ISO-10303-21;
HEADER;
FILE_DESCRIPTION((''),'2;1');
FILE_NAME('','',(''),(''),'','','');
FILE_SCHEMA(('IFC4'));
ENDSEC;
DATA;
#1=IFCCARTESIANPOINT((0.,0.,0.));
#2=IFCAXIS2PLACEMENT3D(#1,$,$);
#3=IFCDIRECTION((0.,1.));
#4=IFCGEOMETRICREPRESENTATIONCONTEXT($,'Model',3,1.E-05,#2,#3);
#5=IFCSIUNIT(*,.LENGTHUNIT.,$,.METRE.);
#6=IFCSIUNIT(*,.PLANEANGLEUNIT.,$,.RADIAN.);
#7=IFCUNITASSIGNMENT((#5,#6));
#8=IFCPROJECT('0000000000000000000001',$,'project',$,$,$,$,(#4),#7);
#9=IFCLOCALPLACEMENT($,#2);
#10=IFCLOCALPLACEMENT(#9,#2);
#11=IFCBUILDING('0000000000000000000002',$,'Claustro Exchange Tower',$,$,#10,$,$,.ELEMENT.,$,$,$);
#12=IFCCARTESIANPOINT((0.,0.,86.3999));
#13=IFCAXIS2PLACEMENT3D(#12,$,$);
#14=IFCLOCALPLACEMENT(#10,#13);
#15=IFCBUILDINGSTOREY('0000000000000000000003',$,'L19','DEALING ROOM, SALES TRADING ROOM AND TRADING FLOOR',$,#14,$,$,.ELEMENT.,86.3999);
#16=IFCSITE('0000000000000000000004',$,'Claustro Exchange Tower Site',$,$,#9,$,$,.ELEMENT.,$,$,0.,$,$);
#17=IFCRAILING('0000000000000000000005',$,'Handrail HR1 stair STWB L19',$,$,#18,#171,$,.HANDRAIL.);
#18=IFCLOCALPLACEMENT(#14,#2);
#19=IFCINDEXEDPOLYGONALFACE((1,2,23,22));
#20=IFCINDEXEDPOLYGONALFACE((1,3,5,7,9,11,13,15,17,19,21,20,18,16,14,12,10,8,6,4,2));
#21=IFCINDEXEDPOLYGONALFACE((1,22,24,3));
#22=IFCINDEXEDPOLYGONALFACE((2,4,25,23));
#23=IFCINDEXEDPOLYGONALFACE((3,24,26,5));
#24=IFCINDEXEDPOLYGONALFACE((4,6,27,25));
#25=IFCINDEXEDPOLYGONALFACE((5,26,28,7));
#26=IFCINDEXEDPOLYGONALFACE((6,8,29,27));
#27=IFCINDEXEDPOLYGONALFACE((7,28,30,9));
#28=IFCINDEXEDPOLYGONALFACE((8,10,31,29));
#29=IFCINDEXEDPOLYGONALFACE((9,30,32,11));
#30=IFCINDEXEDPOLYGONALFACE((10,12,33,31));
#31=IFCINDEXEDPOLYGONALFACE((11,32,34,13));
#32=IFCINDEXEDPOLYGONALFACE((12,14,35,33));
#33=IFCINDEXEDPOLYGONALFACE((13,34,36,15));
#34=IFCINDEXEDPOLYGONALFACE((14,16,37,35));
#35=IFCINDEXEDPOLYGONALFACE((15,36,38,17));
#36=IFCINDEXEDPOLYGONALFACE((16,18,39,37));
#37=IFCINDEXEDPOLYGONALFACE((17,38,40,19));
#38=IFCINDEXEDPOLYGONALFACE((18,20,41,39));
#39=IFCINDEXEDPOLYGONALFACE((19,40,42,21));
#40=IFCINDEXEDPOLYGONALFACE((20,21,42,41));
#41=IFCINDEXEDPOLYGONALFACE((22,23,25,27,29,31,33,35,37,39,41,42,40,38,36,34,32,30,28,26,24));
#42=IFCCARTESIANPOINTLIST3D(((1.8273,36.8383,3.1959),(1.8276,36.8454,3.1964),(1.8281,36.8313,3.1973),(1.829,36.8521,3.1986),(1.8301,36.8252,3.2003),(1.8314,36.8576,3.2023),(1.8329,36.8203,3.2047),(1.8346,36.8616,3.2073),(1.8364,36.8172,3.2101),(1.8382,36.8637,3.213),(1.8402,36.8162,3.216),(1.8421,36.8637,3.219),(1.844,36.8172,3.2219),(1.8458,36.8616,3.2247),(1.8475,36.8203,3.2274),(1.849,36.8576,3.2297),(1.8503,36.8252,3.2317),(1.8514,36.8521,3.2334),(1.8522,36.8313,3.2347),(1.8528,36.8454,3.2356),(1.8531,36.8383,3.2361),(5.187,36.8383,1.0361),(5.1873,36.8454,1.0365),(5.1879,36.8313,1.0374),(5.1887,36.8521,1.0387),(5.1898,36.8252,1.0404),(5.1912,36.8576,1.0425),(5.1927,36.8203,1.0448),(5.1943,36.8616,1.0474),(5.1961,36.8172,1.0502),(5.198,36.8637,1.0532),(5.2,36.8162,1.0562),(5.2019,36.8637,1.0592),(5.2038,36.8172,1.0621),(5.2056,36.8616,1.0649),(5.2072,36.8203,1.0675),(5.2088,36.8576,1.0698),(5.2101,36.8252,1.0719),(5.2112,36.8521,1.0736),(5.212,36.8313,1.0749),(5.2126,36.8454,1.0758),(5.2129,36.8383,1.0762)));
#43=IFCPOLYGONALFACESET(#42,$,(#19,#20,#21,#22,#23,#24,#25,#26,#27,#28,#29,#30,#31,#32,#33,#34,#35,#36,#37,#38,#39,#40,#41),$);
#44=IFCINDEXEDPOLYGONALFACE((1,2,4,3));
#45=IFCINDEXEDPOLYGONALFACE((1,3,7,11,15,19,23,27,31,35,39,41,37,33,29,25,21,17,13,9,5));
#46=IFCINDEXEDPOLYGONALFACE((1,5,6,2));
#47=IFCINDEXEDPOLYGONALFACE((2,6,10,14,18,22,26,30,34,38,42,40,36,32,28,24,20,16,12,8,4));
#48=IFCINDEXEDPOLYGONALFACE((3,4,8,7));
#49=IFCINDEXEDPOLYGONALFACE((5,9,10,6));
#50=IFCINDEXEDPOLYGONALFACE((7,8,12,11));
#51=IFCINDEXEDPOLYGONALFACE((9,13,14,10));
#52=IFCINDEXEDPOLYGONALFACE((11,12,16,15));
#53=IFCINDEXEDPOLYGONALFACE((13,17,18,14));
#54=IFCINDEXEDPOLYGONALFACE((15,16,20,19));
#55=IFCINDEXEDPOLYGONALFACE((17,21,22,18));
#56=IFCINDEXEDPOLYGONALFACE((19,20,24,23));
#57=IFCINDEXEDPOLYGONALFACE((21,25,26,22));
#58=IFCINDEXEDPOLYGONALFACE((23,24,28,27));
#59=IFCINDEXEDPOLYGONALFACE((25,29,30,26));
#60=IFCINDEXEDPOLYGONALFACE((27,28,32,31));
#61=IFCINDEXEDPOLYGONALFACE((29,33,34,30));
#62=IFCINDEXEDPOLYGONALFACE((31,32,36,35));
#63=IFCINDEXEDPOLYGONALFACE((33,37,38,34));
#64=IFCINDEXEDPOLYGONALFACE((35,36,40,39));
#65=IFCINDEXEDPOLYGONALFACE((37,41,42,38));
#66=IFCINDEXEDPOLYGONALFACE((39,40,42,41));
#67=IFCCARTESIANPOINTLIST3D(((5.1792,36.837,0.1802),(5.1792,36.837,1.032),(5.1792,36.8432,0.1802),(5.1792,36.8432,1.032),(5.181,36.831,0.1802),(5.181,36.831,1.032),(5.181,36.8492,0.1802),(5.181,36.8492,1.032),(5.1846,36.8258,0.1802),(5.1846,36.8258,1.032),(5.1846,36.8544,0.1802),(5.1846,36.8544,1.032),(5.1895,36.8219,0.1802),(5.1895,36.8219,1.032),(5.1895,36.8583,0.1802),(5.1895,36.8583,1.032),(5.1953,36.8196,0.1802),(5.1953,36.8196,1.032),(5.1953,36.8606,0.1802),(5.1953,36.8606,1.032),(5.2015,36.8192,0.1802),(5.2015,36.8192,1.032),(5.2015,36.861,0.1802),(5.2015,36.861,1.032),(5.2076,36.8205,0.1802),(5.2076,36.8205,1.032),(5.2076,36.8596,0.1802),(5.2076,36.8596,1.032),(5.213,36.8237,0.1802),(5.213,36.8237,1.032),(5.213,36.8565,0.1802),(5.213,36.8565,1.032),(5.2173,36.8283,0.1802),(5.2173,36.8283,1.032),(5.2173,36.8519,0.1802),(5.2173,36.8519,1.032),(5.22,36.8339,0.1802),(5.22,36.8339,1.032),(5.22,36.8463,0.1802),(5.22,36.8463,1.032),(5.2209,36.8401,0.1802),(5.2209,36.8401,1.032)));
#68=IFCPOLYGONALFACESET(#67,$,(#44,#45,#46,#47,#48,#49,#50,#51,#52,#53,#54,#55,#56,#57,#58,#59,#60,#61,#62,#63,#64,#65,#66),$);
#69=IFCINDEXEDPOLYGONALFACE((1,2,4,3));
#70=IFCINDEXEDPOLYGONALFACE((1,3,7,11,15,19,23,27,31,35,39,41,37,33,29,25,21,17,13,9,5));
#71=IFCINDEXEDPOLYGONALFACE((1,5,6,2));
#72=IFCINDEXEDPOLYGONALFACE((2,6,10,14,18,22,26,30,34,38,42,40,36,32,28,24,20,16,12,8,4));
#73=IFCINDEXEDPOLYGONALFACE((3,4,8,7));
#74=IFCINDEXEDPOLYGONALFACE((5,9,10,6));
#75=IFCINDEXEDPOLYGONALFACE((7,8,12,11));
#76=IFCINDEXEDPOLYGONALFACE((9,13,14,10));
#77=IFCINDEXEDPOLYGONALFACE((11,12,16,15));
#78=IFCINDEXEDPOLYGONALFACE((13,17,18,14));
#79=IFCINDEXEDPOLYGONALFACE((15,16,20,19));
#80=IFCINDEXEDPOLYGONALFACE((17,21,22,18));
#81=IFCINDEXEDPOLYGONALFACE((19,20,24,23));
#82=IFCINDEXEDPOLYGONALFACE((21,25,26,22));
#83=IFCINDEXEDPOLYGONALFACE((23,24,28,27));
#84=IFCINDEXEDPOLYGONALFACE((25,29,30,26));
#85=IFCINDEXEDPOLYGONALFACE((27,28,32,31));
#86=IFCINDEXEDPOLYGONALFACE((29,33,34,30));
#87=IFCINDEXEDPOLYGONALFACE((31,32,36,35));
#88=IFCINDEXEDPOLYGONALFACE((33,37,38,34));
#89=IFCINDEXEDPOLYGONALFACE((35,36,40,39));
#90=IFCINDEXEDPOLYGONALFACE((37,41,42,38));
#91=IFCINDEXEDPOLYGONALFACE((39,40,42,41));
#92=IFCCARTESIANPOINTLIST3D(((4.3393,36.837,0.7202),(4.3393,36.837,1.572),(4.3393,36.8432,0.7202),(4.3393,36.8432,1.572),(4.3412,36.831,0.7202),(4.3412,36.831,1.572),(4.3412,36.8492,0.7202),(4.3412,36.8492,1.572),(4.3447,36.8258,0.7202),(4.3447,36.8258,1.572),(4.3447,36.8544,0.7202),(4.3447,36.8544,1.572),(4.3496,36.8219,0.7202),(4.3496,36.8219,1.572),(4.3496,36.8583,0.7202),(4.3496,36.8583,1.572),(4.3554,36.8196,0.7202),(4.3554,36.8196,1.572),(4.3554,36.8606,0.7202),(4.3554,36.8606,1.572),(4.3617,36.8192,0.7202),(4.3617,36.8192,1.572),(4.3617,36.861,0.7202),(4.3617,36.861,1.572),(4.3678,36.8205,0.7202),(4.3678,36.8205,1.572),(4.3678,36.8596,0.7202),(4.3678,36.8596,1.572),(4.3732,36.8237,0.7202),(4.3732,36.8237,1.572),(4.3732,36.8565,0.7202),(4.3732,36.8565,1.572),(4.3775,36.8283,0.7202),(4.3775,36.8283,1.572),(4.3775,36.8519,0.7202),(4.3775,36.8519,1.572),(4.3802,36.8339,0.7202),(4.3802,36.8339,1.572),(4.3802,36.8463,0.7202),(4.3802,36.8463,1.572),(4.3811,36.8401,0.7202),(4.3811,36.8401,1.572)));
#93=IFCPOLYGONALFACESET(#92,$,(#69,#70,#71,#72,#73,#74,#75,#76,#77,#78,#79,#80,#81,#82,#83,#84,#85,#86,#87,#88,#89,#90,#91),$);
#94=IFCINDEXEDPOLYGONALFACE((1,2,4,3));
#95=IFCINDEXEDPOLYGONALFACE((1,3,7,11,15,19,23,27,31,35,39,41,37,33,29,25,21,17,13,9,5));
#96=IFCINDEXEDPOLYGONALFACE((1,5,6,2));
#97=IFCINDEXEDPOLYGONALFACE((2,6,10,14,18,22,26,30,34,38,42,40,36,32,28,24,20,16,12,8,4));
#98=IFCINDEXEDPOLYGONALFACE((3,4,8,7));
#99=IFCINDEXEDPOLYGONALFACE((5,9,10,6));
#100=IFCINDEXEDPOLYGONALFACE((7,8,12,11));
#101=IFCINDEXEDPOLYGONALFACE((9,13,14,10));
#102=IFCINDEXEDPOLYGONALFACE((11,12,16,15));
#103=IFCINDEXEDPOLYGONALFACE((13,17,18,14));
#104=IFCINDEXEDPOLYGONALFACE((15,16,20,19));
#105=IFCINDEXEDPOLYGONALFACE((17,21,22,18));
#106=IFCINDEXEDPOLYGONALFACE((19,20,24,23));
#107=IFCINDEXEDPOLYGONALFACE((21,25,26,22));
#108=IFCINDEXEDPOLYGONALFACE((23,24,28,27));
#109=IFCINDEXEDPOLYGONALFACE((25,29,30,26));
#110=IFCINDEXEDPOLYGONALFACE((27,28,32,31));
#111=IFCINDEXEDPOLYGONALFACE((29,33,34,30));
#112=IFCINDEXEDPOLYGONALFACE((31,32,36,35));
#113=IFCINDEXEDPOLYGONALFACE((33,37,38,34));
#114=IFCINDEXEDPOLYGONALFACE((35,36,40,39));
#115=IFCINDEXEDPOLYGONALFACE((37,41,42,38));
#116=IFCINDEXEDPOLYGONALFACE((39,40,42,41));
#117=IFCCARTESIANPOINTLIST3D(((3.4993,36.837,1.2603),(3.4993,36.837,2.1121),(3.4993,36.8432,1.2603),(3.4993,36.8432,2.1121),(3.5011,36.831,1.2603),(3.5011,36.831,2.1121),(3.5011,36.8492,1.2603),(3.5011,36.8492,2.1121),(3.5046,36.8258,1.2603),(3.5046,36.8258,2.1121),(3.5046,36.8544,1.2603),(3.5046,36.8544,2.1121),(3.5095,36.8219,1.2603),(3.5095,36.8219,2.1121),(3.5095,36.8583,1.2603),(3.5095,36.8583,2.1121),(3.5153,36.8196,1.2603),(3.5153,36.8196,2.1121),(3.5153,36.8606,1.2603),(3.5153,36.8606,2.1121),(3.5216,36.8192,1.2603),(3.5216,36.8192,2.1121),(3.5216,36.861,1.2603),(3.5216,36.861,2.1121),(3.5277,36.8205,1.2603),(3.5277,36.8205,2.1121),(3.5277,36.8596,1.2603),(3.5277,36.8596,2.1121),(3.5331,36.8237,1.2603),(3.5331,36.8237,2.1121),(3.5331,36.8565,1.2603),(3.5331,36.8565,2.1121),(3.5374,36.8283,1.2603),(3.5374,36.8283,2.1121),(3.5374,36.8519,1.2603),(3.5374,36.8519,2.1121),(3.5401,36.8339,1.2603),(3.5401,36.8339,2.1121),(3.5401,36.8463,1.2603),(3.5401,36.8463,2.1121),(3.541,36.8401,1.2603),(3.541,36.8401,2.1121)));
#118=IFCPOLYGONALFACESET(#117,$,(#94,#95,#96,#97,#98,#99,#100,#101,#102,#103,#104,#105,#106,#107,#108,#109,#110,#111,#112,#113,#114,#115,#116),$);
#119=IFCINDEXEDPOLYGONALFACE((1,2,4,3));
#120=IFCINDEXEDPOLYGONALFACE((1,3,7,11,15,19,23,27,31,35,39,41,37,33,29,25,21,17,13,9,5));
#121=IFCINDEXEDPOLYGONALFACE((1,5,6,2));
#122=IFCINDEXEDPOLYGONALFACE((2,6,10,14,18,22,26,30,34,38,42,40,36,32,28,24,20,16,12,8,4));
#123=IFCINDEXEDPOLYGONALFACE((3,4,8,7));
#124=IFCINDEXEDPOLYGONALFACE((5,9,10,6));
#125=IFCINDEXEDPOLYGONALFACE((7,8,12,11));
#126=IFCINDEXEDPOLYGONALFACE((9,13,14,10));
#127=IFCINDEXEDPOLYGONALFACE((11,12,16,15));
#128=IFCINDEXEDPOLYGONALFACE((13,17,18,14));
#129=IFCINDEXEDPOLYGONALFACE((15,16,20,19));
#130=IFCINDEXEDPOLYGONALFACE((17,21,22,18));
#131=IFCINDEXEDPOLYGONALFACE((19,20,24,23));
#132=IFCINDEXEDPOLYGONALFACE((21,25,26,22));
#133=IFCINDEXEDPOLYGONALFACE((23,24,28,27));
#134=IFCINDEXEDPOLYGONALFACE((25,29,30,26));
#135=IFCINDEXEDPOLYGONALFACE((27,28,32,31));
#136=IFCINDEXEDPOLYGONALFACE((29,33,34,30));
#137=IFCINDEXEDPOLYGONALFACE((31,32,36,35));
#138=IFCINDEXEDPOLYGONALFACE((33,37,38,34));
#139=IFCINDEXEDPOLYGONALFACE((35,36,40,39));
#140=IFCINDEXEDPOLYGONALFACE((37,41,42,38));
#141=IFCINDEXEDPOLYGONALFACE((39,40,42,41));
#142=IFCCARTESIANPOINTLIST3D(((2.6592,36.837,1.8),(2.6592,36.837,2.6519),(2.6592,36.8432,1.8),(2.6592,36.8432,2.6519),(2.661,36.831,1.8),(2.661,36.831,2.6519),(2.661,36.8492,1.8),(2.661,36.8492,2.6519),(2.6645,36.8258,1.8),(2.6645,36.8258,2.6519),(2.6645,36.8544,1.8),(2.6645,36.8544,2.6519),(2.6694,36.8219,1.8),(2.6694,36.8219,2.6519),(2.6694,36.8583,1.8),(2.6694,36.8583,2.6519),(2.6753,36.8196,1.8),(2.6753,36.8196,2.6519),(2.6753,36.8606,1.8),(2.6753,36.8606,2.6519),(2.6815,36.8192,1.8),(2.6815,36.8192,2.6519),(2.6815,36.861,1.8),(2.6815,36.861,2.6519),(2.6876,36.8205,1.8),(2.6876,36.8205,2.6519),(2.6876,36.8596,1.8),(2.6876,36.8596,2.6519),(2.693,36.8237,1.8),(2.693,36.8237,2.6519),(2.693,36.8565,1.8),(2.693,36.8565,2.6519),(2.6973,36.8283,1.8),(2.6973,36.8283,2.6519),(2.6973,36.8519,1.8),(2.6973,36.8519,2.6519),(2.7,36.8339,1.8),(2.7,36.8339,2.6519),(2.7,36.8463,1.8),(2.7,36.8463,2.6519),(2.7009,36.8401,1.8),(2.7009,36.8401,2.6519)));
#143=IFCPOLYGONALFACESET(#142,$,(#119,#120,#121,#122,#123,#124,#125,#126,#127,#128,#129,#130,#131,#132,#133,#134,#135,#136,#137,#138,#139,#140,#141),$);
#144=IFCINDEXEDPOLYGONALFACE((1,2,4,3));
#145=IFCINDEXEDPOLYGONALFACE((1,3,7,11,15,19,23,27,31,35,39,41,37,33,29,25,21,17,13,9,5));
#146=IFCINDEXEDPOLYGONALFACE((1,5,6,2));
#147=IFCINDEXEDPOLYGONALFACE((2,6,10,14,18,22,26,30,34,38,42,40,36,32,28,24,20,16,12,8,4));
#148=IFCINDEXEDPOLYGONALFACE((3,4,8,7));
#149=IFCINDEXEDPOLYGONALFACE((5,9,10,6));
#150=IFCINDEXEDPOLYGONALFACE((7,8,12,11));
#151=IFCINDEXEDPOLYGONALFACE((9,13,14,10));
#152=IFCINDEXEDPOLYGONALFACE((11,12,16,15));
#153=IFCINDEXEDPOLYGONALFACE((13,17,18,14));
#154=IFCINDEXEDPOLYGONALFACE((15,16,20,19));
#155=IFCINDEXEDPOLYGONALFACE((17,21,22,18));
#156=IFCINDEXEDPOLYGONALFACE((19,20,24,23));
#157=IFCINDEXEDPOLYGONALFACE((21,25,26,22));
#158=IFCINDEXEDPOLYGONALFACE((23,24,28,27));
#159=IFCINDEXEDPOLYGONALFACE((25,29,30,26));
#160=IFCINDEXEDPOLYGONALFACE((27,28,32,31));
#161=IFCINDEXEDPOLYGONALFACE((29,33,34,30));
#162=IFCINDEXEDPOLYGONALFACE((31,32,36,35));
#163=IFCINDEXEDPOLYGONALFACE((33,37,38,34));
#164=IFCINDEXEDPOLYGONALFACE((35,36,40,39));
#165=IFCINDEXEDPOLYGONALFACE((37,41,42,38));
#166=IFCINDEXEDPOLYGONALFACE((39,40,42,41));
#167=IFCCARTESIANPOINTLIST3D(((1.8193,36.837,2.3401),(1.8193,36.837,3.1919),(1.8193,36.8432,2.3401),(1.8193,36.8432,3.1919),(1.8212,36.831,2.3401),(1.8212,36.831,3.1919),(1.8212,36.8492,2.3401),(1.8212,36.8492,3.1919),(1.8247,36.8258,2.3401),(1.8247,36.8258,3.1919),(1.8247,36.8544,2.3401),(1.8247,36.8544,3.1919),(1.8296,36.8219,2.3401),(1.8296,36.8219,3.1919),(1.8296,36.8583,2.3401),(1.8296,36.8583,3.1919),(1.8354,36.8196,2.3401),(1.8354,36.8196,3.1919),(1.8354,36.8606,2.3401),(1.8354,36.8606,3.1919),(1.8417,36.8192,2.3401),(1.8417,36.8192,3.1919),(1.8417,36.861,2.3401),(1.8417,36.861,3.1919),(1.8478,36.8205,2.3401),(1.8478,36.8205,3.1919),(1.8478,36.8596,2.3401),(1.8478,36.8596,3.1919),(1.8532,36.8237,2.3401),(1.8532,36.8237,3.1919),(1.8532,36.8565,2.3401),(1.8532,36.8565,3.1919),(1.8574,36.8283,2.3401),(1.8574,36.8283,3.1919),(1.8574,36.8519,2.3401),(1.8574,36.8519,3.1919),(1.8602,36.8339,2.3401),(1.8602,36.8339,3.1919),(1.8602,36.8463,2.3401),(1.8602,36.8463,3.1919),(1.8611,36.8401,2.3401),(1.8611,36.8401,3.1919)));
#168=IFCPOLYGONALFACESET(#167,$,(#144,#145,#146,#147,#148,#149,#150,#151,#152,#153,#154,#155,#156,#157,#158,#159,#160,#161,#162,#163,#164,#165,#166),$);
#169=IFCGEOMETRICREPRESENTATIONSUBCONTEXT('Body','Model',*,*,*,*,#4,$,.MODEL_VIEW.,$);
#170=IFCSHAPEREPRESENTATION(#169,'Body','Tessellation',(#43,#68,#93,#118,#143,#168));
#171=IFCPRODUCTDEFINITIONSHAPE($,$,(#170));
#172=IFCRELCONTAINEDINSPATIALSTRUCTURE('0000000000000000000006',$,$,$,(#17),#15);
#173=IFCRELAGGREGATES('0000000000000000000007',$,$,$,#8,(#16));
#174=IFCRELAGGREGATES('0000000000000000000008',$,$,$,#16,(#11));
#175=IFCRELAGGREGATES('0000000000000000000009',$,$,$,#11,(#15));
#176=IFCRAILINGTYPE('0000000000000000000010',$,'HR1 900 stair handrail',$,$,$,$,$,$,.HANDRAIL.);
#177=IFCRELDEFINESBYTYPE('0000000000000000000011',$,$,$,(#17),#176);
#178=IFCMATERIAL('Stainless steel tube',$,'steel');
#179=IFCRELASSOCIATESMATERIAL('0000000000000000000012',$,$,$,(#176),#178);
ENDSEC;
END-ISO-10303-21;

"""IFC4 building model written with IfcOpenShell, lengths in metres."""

from ifc_helpers import new_model, si_unit, direction, frame, origin, origin_2d, place, context, subcontext, project, spatial, circle, extrude, material, type_object, element, save


model = new_model("IFC4")

# Units and contexts
model_context = context("Model", 3, precision=1e-05, world=origin(), true_north=direction((0.0, 1.0)))
body_context = subcontext(model_context, "Body", "Model", "MODEL_VIEW")
ifc_project = project(units=[si_unit("LENGTHUNIT", "METRE"), si_unit("PLANEANGLEUNIT", "RADIAN")], contexts=[model_context])

# Site, building, storey
site_placement = place(None, origin())
site = spatial("IfcSite", under=ifc_project, at=site_placement, Name="Claustro Exchange Tower Site", CompositionType="ELEMENT", RefElevation=0.0)
building_placement = place(site_placement, origin())
building = spatial("IfcBuilding", under=site, at=building_placement, Name="Claustro Exchange Tower", CompositionType="ELEMENT")
storey_placement = place(building_placement, frame((0.0, 0.0, 86.3999)))
storey = spatial("IfcBuildingStorey", under=building, at=storey_placement, Name="L19", Description="DEALING ROOM, SALES TRADING ROOM AND TRADING FLOOR", CompositionType="ELEMENT", Elevation=86.3999)

# Railing
ifc_material_1 = material(Name="Stainless steel tube", Category="steel")
railing_type_1 = type_object("IfcRailingType", Name="HR1 900 stair handrail", PredefinedType="HANDRAIL", material=ifc_material_1)
railing_1_placement = place(storey_placement, frame((5.2, 36.8401, 0.1802)))
element("IfcRailing", 1, at=railing_1_placement, inside=storey, type_object=railing_type_1, Name="Handrail HR1 stair STWB L19", PredefinedType="HANDRAIL", context=body_context, shape_type="SweptSolid", body=[
    extrude(circle(Radius=0.0239, at=origin_2d()), frame((0.0, 0.0, 0.876), z_axis=(-0.841178, 0.0, 0.540758), x_axis=(0.0, -1.0, 0.0)), (0.0, 0.0, 1.0), 3.9941),
    extrude(circle(Radius=0.021, at=origin_2d()), origin(), (0.0, 0.0, 1.0), 0.8518),
    extrude(circle(Radius=0.021, at=origin_2d()), frame((-0.8398, 0.0, 0.54)), (0.0, 0.0, 1.0), 0.8518),
    extrude(circle(Radius=0.021, at=origin_2d()), frame((-1.6799, 0.0, 1.0801)), (0.0, 0.0, 1.0), 0.8518),
    extrude(circle(Radius=0.021, at=origin_2d()), frame((-2.52, 0.0, 1.6199)), (0.0, 0.0, 1.0), 0.8518),
    extrude(circle(Radius=0.021, at=origin_2d()), frame((-3.3599, 0.0, 2.1599)), (0.0, 0.0, 1.0), 0.8518),
])

save(model, "model.ifc")
